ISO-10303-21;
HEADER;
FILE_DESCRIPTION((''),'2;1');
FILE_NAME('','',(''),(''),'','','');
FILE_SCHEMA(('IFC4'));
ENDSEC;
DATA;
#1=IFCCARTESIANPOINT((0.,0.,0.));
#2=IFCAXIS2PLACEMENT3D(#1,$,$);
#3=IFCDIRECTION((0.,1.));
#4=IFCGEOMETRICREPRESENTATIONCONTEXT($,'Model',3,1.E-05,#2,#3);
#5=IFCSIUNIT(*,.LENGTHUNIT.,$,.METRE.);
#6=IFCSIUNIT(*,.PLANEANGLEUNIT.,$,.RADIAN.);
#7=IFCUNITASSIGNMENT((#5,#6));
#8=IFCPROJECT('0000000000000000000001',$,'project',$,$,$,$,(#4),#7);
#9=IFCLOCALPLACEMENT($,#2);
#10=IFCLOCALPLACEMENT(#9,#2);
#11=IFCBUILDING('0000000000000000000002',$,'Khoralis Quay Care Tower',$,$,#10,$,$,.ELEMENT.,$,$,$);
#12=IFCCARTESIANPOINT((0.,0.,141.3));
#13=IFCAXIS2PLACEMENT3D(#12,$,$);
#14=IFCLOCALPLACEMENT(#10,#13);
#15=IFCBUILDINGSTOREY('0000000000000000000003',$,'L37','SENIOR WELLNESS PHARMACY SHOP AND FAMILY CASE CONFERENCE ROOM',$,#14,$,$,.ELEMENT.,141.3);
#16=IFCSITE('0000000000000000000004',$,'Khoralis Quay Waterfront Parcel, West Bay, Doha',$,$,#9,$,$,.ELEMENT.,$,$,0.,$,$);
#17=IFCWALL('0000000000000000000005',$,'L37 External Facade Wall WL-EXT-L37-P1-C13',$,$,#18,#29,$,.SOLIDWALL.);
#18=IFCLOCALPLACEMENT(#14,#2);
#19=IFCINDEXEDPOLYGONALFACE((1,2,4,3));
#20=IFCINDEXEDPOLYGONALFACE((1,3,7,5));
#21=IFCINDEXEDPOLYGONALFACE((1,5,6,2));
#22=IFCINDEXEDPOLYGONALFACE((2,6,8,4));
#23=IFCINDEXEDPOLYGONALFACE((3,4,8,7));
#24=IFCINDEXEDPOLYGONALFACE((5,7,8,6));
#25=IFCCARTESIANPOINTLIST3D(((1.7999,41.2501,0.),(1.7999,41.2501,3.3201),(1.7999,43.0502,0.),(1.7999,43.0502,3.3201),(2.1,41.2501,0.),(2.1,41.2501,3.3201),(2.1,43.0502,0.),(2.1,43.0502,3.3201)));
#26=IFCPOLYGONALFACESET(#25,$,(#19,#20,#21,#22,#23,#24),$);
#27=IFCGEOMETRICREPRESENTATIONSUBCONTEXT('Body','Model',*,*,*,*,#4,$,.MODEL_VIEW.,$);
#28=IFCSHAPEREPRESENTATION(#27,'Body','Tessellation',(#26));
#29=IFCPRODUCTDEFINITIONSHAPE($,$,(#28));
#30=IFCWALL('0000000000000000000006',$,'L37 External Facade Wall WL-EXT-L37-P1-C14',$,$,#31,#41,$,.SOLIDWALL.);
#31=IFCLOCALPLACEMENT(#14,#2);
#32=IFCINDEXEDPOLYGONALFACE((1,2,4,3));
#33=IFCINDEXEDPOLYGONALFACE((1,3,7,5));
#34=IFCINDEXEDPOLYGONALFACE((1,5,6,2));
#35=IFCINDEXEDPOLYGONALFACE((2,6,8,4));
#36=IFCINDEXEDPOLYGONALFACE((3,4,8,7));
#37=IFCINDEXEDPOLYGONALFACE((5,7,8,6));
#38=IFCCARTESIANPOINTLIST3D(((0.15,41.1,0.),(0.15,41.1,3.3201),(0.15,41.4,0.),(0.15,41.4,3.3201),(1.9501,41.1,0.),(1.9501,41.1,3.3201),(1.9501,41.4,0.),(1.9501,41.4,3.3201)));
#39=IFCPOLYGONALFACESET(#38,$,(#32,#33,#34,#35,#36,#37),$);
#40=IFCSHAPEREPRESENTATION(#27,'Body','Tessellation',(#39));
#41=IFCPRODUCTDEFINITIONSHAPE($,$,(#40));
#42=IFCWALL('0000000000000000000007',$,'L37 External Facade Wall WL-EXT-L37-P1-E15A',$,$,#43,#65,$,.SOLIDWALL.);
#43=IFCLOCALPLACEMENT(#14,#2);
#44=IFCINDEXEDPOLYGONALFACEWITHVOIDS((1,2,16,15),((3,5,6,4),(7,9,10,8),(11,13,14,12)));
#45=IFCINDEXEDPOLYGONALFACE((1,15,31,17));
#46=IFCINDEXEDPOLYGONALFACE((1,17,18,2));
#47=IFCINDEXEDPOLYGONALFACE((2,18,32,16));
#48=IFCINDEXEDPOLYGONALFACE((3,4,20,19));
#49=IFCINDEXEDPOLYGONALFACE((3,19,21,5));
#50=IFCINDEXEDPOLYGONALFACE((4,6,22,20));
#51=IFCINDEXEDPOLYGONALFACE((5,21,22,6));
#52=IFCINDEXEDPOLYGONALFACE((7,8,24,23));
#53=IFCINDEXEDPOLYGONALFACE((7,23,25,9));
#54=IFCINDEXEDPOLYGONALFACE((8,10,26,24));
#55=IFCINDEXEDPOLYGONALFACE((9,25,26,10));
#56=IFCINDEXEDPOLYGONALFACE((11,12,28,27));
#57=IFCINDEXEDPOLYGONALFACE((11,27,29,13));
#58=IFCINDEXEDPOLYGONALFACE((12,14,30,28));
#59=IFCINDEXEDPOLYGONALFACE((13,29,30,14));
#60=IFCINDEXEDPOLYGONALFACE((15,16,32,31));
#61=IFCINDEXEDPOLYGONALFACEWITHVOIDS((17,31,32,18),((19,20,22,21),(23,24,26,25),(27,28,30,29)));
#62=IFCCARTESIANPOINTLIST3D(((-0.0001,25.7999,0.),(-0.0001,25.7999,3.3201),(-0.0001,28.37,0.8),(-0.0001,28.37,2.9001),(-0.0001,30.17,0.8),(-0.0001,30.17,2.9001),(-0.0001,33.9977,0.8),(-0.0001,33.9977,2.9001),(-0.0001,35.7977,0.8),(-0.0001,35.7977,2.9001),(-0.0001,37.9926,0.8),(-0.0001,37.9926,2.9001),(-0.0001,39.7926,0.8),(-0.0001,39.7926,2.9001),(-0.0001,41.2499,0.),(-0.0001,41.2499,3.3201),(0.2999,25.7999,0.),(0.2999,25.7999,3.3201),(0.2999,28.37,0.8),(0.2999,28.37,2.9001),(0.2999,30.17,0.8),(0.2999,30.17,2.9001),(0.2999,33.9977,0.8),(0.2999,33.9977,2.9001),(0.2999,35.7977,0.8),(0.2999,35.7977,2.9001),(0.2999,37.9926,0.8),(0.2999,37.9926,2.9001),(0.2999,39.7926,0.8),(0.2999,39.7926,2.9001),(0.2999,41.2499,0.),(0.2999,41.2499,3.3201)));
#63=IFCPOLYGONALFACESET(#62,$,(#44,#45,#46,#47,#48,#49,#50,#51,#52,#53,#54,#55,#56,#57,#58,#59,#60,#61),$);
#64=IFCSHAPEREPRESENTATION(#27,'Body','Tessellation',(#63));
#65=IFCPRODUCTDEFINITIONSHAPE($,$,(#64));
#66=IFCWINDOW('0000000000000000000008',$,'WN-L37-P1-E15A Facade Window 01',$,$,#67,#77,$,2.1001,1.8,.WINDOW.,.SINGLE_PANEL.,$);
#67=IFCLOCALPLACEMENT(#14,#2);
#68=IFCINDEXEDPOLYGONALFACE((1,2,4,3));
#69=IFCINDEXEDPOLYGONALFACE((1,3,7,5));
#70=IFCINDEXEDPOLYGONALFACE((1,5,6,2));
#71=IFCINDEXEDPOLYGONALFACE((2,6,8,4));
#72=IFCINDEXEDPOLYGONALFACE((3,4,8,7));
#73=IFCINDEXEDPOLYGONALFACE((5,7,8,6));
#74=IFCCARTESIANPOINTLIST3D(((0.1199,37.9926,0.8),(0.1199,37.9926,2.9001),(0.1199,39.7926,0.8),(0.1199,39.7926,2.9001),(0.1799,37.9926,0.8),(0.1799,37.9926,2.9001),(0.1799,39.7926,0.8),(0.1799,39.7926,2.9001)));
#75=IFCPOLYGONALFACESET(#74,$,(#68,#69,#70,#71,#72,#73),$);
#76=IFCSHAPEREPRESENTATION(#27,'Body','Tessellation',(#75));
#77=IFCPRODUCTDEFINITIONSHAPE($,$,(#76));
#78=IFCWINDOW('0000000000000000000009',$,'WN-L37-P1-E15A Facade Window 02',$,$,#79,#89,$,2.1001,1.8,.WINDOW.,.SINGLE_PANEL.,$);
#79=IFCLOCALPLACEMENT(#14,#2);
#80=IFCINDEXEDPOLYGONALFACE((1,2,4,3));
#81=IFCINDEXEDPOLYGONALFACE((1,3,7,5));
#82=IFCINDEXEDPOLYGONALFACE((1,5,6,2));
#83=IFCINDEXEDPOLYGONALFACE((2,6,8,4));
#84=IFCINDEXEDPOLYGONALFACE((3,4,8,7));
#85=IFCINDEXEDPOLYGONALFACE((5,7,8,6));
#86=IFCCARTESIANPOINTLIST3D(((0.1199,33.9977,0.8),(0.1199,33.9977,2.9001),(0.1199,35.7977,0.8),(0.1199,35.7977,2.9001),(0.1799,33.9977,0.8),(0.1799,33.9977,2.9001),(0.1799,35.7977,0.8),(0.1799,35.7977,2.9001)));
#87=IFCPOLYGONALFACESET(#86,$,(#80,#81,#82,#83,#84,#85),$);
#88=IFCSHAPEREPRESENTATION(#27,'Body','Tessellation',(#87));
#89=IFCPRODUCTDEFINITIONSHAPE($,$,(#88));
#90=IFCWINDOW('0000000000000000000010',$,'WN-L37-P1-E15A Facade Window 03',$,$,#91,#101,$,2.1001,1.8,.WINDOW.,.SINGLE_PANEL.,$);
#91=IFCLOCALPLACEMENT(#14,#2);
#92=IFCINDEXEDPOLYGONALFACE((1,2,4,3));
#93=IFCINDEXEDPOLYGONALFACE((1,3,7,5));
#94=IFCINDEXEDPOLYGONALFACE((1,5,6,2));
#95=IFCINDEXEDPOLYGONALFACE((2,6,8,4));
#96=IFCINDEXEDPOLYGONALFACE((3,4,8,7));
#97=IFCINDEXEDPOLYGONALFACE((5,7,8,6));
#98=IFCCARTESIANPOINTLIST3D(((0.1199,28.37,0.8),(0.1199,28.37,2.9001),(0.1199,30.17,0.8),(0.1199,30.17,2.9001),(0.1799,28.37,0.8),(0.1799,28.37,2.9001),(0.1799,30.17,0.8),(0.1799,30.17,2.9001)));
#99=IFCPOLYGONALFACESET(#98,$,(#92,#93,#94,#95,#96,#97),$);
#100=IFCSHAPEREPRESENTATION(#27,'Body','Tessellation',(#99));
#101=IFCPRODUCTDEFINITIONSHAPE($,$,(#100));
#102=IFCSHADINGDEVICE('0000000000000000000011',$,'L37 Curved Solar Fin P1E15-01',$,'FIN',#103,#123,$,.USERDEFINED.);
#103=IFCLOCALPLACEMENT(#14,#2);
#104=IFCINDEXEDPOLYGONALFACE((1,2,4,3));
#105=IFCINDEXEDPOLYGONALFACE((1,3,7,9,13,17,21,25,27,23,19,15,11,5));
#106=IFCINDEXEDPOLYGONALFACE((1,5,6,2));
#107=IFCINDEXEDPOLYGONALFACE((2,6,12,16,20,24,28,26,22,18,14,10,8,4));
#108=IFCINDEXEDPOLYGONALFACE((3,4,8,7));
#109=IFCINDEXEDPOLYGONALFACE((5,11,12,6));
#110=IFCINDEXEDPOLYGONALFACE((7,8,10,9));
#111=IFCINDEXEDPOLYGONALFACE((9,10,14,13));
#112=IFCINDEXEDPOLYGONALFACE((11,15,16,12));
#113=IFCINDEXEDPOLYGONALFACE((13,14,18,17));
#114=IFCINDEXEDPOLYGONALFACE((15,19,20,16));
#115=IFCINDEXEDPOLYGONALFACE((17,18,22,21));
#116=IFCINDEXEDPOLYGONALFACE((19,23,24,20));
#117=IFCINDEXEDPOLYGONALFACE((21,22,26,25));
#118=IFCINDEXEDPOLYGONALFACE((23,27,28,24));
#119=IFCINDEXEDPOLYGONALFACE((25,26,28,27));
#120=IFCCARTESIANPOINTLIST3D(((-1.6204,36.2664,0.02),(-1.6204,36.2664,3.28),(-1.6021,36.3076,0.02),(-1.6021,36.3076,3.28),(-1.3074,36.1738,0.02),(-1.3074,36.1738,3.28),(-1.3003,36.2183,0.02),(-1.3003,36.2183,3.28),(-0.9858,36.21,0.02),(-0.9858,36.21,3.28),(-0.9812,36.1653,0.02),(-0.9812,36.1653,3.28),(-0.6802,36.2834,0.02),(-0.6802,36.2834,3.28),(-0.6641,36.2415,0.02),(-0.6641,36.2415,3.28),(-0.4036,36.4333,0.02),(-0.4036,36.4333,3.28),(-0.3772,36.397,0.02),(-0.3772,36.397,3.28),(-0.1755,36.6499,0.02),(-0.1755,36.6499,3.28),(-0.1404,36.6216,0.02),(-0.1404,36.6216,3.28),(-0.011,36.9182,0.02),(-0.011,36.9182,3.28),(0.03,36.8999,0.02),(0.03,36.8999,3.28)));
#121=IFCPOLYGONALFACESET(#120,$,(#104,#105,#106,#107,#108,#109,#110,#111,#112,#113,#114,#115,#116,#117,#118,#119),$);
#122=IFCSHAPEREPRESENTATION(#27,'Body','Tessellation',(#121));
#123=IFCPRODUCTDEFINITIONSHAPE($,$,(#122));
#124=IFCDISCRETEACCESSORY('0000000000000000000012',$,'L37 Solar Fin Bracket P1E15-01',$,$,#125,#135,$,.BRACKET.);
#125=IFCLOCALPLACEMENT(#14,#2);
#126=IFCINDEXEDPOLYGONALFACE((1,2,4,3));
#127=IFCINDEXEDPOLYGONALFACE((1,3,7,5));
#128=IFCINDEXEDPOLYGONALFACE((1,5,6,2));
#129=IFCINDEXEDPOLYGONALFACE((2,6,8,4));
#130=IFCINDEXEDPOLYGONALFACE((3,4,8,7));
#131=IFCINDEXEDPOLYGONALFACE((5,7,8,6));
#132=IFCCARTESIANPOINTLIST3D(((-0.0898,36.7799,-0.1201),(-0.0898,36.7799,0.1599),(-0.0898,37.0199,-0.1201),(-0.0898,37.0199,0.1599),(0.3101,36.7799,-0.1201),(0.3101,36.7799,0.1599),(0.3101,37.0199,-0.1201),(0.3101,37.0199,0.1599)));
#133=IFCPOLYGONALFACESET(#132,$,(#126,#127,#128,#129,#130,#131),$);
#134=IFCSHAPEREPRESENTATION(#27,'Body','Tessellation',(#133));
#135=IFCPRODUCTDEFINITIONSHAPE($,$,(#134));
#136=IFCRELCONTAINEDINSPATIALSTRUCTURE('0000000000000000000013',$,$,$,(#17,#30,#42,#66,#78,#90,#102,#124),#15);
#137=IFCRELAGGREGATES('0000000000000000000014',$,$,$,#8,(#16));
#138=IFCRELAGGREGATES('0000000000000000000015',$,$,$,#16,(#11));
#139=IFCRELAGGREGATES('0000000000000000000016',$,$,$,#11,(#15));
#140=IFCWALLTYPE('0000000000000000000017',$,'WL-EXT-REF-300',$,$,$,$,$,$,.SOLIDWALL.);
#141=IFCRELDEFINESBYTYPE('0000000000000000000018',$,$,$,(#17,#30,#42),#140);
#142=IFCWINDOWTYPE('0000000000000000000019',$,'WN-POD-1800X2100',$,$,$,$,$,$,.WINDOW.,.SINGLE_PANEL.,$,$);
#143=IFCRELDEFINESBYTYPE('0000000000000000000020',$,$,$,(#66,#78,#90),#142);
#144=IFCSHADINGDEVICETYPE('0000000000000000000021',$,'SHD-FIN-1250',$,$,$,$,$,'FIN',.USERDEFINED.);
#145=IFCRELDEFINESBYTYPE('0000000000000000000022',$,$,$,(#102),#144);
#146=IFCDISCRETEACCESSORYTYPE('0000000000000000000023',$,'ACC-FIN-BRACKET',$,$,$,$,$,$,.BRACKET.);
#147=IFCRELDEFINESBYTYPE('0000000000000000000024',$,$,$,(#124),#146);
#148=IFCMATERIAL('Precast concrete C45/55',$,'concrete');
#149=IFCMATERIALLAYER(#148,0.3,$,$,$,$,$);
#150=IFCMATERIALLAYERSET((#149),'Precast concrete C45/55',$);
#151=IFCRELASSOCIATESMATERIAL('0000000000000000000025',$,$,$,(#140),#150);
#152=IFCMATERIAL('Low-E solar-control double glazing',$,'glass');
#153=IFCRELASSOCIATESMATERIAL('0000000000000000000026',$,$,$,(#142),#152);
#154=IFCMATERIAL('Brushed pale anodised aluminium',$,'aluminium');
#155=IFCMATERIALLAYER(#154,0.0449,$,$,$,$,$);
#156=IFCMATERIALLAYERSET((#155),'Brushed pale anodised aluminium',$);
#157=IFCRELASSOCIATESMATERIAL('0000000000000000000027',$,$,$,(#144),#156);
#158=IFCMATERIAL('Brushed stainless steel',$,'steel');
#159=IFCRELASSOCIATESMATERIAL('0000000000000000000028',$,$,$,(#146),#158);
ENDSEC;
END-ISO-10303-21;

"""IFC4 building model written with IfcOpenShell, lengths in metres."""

from ifc_helpers import new_model, si_unit, direction, frame, frame_2d, origin, origin_2d, place, context, subcontext, project, spatial, polyline, rectangle, outline, extrude, source, transform, mapped, material, layer, layer_set, type_object, element, fill, save


model = new_model("IFC4")

# Units and contexts
model_context = context("Model", 3, precision=1e-05, world=origin(), true_north=direction((0.0, 1.0)))
body_context = subcontext(model_context, "Body", "Model", "MODEL_VIEW")
ifc_project = project(units=[si_unit("LENGTHUNIT", "METRE"), si_unit("PLANEANGLEUNIT", "RADIAN")], contexts=[model_context])

# Site, building, storey
site_placement = place(None, origin())
site = spatial("IfcSite", under=ifc_project, at=site_placement, Name="Khoralis Quay Waterfront Parcel, West Bay, Doha", CompositionType="ELEMENT", RefElevation=0.0)
building_placement = place(site_placement, origin())
building = spatial("IfcBuilding", under=site, at=building_placement, Name="Khoralis Quay Care Tower", CompositionType="ELEMENT")
storey_placement = place(building_placement, frame((0.0, 0.0, 141.3)))
storey = spatial("IfcBuildingStorey", under=building, at=storey_placement, Name="L37", Description="SENIOR WELLNESS PHARMACY SHOP AND FAMILY CASE CONFERENCE ROOM", CompositionType="ELEMENT", Elevation=141.3)

# Walls
ifc_material_1 = material(Name="Precast concrete C45/55", Category="concrete")
ifc_layer_1 = layer(ifc_material_1, 0.3)
ifc_layer_set_1 = layer_set([ifc_layer_1], Name="Precast concrete C45/55")
wall_type = type_object("IfcWallType", Name="WL-EXT-REF-300", PredefinedType="SOLIDWALL", material=ifc_layer_set_1)
for number, where, z_axis, x_axis, name in (
    (1, (1.95, 43.05, 0.0), (0.0, 0.0, 1.0), (0.0, -1.0, 0.0), "L37 External Facade Wall WL-EXT-L37-P1-C13"),
    (2, (1.95, 41.25, 0.0), (0.0, 0.0, 1.0), (-1.0, 0.0, 0.0), "L37 External Facade Wall WL-EXT-L37-P1-C14"),
):
    element("IfcWall", number, at=place(storey_placement, frame(where, z_axis=z_axis, x_axis=x_axis)), inside=storey, type_object=wall_type, Name=name, PredefinedType="SOLIDWALL", context=body_context, shape_type="SweptSolid", body=[
        extrude(rectangle(XDim=1.8, YDim=0.3, at=frame_2d((0.8999, 0.0))), origin(), (0.0, 0.0, 1.0), 3.3201),
    ])

# Wall, openings, windows
wall_placement = place(storey_placement, frame((0.1499, 41.25, 0.0), z_axis=(0.0, 0.0, 1.0), x_axis=(0.0, -1.0, 0.0)))
wall = element("IfcWall", 3, at=wall_placement, inside=storey, type_object=wall_type, Name="L37 External Facade Wall WL-EXT-L37-P1-E15A", PredefinedType="SOLIDWALL", context=body_context, shape_type="SweptSolid", body=[
    extrude(rectangle(XDim=15.45, YDim=0.3, at=frame_2d((7.7251, 0.0))), origin(), (0.0, 0.0, 1.0), 3.3201),
])
opening_1_placement = place(wall_placement, frame((1.4575, 0.0, 0.8)))
opening_1 = element("IfcOpeningElement", 4, at=opening_1_placement, cuts=wall, PredefinedType="OPENING", context=body_context, shape_type="SweptSolid", body=[
    extrude(rectangle(XDim=1.8, YDim=2.1001, at=frame_2d((0.8999, 1.05))), frame((0.0, 0.1602, 0.0), z_axis=(0.0, -1.0, 0.0), x_axis=(1.0, 0.0, 0.0)), (0.0, 0.0, 1.0), 0.3201),
])
opening_2_placement = place(wall_placement, frame((5.4524, 0.0, 0.8)))
opening_2 = element("IfcOpeningElement", 5, at=opening_2_placement, cuts=wall, PredefinedType="OPENING", context=body_context, shape_type="SweptSolid", body=[
    extrude(rectangle(XDim=1.8, YDim=2.1001, at=frame_2d((0.8999, 1.05))), frame((0.0, 0.1602, 0.0), z_axis=(0.0, -1.0, 0.0), x_axis=(1.0, 0.0, 0.0)), (0.0, 0.0, 1.0), 0.3201),
])
opening_3_placement = place(wall_placement, frame((11.0801, 0.0, 0.8)))
opening_3 = element("IfcOpeningElement", 6, at=opening_3_placement, cuts=wall, PredefinedType="OPENING", context=body_context, shape_type="SweptSolid", body=[
    extrude(rectangle(XDim=1.8, YDim=2.1001, at=frame_2d((0.8999, 1.05))), frame((0.0, 0.1602, 0.0), z_axis=(0.0, -1.0, 0.0), x_axis=(1.0, 0.0, 0.0)), (0.0, 0.0, 1.0), 0.3201),
])
ifc_material_2 = material(Name="Low-E solar-control double glazing", Category="glass")
window_type = type_object("IfcWindowType", Name="WN-POD-1800X2100", PartitioningType="SINGLE_PANEL", PredefinedType="WINDOW", material=ifc_material_2)
shared_shape_1 = source(origin(), body_context, "Body", "SweptSolid", [
    extrude(rectangle(XDim=1.8, YDim=2.1001, at=frame_2d((0.8999, 1.05))), frame((0.0, 0.03, 0.0), z_axis=(0.0, -1.0, 0.0), x_axis=(1.0, 0.0, 0.0)), (0.0, 0.0, 1.0), 0.0601),
])
window_1_placement = place(opening_1_placement, origin())
window_1 = element("IfcWindow", 7, at=window_1_placement, inside=storey, type_object=window_type, Name="WN-L37-P1-E15A Facade Window 01", OverallHeight=2.1001, OverallWidth=1.8, PartitioningType="SINGLE_PANEL", PredefinedType="WINDOW", context=body_context, shape_type="MappedRepresentation", body=[
    mapped(shared_shape_1, transform((0.0, 0.0, 0.0), scale=1.0)),
])
fill(opening_1, window_1)
window_2_placement = place(opening_2_placement, origin())
window_2 = element("IfcWindow", 8, at=window_2_placement, inside=storey, type_object=window_type, Name="WN-L37-P1-E15A Facade Window 02", OverallHeight=2.1001, OverallWidth=1.8, PartitioningType="SINGLE_PANEL", PredefinedType="WINDOW", context=body_context, shape_type="MappedRepresentation", body=[
    mapped(shared_shape_1, transform((0.0, 0.0, 0.0), scale=1.0)),
])
fill(opening_2, window_2)
window_3_placement = place(opening_3_placement, origin())
window_3 = element("IfcWindow", 9, at=window_3_placement, inside=storey, type_object=window_type, Name="WN-L37-P1-E15A Facade Window 03", OverallHeight=2.1001, OverallWidth=1.8, PartitioningType="SINGLE_PANEL", PredefinedType="WINDOW", context=body_context, shape_type="MappedRepresentation", body=[
    mapped(shared_shape_1, transform((0.0, 0.0, 0.0), scale=1.0)),
])
fill(opening_3, window_3)

# Shading device
ifc_material_3 = material(Name="Brushed pale anodised aluminium", Category="aluminium")
ifc_layer_2 = layer(ifc_material_3, 0.0449)
ifc_layer_set_2 = layer_set([ifc_layer_2], Name="Brushed pale anodised aluminium")
shading_device_type = type_object("IfcShadingDeviceType", Name="SHD-FIN-1250", ElementType="FIN", PredefinedType="USERDEFINED", material=ifc_layer_set_2)
shared_shape_2 = source(origin(), body_context, "Body", "SweptSolid", [
    extrude(outline(polyline([(0.0, 0.0), (0.1704, 0.2783), (0.4072, 0.5029), (0.6941, 0.6584), (1.0112, 0.7346), (1.3374, 0.7261), (1.6504, 0.6335), (1.6321, 0.5923), (1.3303, 0.6816), (1.0159, 0.6899), (0.7102, 0.6165), (0.4336, 0.4666), (0.2056, 0.25), (0.041, -0.0183), (0.0, 0.0)])), origin(), (0.0, 0.0, 1.0), 3.26),
])
shading_device_placement = place(storey_placement, frame((0.03, 36.8999, 0.02), z_axis=(0.0, 0.0, 1.0), x_axis=(-1.0, 0.0, 0.0)))
element("IfcShadingDevice", 10, at=shading_device_placement, inside=storey, type_object=shading_device_type, Name="L37 Curved Solar Fin P1E15-01", ObjectType="FIN", PredefinedType="USERDEFINED", context=body_context, shape_type="MappedRepresentation", body=[
    mapped(shared_shape_2, transform((0.0, 0.0, 0.0), scale=1.0)),
])

# Discrete accessory
ifc_material_4 = material(Name="Brushed stainless steel", Category="steel")
discrete_accessory_type = type_object("IfcDiscreteAccessoryType", Name="ACC-FIN-BRACKET", PredefinedType="BRACKET", material=ifc_material_4)
shared_shape_3 = source(origin(), body_context, "Body", "SweptSolid", [
    extrude(rectangle(XDim=0.3999, YDim=0.24, at=origin_2d()), origin(), (0.0, 0.0, 1.0), 0.28),
])
discrete_accessory_placement = place(storey_placement, frame((0.1101, 36.8999, -0.1201), z_axis=(0.0, 0.0, 1.0), x_axis=(-1.0, 0.0, 0.0)))
element("IfcDiscreteAccessory", 11, at=discrete_accessory_placement, inside=storey, type_object=discrete_accessory_type, Name="L37 Solar Fin Bracket P1E15-01", PredefinedType="BRACKET", context=body_context, shape_type="MappedRepresentation", body=[
    mapped(shared_shape_3, transform((0.0, 0.0, 0.0), scale=1.0)),
])

save(model, "model.ifc")
